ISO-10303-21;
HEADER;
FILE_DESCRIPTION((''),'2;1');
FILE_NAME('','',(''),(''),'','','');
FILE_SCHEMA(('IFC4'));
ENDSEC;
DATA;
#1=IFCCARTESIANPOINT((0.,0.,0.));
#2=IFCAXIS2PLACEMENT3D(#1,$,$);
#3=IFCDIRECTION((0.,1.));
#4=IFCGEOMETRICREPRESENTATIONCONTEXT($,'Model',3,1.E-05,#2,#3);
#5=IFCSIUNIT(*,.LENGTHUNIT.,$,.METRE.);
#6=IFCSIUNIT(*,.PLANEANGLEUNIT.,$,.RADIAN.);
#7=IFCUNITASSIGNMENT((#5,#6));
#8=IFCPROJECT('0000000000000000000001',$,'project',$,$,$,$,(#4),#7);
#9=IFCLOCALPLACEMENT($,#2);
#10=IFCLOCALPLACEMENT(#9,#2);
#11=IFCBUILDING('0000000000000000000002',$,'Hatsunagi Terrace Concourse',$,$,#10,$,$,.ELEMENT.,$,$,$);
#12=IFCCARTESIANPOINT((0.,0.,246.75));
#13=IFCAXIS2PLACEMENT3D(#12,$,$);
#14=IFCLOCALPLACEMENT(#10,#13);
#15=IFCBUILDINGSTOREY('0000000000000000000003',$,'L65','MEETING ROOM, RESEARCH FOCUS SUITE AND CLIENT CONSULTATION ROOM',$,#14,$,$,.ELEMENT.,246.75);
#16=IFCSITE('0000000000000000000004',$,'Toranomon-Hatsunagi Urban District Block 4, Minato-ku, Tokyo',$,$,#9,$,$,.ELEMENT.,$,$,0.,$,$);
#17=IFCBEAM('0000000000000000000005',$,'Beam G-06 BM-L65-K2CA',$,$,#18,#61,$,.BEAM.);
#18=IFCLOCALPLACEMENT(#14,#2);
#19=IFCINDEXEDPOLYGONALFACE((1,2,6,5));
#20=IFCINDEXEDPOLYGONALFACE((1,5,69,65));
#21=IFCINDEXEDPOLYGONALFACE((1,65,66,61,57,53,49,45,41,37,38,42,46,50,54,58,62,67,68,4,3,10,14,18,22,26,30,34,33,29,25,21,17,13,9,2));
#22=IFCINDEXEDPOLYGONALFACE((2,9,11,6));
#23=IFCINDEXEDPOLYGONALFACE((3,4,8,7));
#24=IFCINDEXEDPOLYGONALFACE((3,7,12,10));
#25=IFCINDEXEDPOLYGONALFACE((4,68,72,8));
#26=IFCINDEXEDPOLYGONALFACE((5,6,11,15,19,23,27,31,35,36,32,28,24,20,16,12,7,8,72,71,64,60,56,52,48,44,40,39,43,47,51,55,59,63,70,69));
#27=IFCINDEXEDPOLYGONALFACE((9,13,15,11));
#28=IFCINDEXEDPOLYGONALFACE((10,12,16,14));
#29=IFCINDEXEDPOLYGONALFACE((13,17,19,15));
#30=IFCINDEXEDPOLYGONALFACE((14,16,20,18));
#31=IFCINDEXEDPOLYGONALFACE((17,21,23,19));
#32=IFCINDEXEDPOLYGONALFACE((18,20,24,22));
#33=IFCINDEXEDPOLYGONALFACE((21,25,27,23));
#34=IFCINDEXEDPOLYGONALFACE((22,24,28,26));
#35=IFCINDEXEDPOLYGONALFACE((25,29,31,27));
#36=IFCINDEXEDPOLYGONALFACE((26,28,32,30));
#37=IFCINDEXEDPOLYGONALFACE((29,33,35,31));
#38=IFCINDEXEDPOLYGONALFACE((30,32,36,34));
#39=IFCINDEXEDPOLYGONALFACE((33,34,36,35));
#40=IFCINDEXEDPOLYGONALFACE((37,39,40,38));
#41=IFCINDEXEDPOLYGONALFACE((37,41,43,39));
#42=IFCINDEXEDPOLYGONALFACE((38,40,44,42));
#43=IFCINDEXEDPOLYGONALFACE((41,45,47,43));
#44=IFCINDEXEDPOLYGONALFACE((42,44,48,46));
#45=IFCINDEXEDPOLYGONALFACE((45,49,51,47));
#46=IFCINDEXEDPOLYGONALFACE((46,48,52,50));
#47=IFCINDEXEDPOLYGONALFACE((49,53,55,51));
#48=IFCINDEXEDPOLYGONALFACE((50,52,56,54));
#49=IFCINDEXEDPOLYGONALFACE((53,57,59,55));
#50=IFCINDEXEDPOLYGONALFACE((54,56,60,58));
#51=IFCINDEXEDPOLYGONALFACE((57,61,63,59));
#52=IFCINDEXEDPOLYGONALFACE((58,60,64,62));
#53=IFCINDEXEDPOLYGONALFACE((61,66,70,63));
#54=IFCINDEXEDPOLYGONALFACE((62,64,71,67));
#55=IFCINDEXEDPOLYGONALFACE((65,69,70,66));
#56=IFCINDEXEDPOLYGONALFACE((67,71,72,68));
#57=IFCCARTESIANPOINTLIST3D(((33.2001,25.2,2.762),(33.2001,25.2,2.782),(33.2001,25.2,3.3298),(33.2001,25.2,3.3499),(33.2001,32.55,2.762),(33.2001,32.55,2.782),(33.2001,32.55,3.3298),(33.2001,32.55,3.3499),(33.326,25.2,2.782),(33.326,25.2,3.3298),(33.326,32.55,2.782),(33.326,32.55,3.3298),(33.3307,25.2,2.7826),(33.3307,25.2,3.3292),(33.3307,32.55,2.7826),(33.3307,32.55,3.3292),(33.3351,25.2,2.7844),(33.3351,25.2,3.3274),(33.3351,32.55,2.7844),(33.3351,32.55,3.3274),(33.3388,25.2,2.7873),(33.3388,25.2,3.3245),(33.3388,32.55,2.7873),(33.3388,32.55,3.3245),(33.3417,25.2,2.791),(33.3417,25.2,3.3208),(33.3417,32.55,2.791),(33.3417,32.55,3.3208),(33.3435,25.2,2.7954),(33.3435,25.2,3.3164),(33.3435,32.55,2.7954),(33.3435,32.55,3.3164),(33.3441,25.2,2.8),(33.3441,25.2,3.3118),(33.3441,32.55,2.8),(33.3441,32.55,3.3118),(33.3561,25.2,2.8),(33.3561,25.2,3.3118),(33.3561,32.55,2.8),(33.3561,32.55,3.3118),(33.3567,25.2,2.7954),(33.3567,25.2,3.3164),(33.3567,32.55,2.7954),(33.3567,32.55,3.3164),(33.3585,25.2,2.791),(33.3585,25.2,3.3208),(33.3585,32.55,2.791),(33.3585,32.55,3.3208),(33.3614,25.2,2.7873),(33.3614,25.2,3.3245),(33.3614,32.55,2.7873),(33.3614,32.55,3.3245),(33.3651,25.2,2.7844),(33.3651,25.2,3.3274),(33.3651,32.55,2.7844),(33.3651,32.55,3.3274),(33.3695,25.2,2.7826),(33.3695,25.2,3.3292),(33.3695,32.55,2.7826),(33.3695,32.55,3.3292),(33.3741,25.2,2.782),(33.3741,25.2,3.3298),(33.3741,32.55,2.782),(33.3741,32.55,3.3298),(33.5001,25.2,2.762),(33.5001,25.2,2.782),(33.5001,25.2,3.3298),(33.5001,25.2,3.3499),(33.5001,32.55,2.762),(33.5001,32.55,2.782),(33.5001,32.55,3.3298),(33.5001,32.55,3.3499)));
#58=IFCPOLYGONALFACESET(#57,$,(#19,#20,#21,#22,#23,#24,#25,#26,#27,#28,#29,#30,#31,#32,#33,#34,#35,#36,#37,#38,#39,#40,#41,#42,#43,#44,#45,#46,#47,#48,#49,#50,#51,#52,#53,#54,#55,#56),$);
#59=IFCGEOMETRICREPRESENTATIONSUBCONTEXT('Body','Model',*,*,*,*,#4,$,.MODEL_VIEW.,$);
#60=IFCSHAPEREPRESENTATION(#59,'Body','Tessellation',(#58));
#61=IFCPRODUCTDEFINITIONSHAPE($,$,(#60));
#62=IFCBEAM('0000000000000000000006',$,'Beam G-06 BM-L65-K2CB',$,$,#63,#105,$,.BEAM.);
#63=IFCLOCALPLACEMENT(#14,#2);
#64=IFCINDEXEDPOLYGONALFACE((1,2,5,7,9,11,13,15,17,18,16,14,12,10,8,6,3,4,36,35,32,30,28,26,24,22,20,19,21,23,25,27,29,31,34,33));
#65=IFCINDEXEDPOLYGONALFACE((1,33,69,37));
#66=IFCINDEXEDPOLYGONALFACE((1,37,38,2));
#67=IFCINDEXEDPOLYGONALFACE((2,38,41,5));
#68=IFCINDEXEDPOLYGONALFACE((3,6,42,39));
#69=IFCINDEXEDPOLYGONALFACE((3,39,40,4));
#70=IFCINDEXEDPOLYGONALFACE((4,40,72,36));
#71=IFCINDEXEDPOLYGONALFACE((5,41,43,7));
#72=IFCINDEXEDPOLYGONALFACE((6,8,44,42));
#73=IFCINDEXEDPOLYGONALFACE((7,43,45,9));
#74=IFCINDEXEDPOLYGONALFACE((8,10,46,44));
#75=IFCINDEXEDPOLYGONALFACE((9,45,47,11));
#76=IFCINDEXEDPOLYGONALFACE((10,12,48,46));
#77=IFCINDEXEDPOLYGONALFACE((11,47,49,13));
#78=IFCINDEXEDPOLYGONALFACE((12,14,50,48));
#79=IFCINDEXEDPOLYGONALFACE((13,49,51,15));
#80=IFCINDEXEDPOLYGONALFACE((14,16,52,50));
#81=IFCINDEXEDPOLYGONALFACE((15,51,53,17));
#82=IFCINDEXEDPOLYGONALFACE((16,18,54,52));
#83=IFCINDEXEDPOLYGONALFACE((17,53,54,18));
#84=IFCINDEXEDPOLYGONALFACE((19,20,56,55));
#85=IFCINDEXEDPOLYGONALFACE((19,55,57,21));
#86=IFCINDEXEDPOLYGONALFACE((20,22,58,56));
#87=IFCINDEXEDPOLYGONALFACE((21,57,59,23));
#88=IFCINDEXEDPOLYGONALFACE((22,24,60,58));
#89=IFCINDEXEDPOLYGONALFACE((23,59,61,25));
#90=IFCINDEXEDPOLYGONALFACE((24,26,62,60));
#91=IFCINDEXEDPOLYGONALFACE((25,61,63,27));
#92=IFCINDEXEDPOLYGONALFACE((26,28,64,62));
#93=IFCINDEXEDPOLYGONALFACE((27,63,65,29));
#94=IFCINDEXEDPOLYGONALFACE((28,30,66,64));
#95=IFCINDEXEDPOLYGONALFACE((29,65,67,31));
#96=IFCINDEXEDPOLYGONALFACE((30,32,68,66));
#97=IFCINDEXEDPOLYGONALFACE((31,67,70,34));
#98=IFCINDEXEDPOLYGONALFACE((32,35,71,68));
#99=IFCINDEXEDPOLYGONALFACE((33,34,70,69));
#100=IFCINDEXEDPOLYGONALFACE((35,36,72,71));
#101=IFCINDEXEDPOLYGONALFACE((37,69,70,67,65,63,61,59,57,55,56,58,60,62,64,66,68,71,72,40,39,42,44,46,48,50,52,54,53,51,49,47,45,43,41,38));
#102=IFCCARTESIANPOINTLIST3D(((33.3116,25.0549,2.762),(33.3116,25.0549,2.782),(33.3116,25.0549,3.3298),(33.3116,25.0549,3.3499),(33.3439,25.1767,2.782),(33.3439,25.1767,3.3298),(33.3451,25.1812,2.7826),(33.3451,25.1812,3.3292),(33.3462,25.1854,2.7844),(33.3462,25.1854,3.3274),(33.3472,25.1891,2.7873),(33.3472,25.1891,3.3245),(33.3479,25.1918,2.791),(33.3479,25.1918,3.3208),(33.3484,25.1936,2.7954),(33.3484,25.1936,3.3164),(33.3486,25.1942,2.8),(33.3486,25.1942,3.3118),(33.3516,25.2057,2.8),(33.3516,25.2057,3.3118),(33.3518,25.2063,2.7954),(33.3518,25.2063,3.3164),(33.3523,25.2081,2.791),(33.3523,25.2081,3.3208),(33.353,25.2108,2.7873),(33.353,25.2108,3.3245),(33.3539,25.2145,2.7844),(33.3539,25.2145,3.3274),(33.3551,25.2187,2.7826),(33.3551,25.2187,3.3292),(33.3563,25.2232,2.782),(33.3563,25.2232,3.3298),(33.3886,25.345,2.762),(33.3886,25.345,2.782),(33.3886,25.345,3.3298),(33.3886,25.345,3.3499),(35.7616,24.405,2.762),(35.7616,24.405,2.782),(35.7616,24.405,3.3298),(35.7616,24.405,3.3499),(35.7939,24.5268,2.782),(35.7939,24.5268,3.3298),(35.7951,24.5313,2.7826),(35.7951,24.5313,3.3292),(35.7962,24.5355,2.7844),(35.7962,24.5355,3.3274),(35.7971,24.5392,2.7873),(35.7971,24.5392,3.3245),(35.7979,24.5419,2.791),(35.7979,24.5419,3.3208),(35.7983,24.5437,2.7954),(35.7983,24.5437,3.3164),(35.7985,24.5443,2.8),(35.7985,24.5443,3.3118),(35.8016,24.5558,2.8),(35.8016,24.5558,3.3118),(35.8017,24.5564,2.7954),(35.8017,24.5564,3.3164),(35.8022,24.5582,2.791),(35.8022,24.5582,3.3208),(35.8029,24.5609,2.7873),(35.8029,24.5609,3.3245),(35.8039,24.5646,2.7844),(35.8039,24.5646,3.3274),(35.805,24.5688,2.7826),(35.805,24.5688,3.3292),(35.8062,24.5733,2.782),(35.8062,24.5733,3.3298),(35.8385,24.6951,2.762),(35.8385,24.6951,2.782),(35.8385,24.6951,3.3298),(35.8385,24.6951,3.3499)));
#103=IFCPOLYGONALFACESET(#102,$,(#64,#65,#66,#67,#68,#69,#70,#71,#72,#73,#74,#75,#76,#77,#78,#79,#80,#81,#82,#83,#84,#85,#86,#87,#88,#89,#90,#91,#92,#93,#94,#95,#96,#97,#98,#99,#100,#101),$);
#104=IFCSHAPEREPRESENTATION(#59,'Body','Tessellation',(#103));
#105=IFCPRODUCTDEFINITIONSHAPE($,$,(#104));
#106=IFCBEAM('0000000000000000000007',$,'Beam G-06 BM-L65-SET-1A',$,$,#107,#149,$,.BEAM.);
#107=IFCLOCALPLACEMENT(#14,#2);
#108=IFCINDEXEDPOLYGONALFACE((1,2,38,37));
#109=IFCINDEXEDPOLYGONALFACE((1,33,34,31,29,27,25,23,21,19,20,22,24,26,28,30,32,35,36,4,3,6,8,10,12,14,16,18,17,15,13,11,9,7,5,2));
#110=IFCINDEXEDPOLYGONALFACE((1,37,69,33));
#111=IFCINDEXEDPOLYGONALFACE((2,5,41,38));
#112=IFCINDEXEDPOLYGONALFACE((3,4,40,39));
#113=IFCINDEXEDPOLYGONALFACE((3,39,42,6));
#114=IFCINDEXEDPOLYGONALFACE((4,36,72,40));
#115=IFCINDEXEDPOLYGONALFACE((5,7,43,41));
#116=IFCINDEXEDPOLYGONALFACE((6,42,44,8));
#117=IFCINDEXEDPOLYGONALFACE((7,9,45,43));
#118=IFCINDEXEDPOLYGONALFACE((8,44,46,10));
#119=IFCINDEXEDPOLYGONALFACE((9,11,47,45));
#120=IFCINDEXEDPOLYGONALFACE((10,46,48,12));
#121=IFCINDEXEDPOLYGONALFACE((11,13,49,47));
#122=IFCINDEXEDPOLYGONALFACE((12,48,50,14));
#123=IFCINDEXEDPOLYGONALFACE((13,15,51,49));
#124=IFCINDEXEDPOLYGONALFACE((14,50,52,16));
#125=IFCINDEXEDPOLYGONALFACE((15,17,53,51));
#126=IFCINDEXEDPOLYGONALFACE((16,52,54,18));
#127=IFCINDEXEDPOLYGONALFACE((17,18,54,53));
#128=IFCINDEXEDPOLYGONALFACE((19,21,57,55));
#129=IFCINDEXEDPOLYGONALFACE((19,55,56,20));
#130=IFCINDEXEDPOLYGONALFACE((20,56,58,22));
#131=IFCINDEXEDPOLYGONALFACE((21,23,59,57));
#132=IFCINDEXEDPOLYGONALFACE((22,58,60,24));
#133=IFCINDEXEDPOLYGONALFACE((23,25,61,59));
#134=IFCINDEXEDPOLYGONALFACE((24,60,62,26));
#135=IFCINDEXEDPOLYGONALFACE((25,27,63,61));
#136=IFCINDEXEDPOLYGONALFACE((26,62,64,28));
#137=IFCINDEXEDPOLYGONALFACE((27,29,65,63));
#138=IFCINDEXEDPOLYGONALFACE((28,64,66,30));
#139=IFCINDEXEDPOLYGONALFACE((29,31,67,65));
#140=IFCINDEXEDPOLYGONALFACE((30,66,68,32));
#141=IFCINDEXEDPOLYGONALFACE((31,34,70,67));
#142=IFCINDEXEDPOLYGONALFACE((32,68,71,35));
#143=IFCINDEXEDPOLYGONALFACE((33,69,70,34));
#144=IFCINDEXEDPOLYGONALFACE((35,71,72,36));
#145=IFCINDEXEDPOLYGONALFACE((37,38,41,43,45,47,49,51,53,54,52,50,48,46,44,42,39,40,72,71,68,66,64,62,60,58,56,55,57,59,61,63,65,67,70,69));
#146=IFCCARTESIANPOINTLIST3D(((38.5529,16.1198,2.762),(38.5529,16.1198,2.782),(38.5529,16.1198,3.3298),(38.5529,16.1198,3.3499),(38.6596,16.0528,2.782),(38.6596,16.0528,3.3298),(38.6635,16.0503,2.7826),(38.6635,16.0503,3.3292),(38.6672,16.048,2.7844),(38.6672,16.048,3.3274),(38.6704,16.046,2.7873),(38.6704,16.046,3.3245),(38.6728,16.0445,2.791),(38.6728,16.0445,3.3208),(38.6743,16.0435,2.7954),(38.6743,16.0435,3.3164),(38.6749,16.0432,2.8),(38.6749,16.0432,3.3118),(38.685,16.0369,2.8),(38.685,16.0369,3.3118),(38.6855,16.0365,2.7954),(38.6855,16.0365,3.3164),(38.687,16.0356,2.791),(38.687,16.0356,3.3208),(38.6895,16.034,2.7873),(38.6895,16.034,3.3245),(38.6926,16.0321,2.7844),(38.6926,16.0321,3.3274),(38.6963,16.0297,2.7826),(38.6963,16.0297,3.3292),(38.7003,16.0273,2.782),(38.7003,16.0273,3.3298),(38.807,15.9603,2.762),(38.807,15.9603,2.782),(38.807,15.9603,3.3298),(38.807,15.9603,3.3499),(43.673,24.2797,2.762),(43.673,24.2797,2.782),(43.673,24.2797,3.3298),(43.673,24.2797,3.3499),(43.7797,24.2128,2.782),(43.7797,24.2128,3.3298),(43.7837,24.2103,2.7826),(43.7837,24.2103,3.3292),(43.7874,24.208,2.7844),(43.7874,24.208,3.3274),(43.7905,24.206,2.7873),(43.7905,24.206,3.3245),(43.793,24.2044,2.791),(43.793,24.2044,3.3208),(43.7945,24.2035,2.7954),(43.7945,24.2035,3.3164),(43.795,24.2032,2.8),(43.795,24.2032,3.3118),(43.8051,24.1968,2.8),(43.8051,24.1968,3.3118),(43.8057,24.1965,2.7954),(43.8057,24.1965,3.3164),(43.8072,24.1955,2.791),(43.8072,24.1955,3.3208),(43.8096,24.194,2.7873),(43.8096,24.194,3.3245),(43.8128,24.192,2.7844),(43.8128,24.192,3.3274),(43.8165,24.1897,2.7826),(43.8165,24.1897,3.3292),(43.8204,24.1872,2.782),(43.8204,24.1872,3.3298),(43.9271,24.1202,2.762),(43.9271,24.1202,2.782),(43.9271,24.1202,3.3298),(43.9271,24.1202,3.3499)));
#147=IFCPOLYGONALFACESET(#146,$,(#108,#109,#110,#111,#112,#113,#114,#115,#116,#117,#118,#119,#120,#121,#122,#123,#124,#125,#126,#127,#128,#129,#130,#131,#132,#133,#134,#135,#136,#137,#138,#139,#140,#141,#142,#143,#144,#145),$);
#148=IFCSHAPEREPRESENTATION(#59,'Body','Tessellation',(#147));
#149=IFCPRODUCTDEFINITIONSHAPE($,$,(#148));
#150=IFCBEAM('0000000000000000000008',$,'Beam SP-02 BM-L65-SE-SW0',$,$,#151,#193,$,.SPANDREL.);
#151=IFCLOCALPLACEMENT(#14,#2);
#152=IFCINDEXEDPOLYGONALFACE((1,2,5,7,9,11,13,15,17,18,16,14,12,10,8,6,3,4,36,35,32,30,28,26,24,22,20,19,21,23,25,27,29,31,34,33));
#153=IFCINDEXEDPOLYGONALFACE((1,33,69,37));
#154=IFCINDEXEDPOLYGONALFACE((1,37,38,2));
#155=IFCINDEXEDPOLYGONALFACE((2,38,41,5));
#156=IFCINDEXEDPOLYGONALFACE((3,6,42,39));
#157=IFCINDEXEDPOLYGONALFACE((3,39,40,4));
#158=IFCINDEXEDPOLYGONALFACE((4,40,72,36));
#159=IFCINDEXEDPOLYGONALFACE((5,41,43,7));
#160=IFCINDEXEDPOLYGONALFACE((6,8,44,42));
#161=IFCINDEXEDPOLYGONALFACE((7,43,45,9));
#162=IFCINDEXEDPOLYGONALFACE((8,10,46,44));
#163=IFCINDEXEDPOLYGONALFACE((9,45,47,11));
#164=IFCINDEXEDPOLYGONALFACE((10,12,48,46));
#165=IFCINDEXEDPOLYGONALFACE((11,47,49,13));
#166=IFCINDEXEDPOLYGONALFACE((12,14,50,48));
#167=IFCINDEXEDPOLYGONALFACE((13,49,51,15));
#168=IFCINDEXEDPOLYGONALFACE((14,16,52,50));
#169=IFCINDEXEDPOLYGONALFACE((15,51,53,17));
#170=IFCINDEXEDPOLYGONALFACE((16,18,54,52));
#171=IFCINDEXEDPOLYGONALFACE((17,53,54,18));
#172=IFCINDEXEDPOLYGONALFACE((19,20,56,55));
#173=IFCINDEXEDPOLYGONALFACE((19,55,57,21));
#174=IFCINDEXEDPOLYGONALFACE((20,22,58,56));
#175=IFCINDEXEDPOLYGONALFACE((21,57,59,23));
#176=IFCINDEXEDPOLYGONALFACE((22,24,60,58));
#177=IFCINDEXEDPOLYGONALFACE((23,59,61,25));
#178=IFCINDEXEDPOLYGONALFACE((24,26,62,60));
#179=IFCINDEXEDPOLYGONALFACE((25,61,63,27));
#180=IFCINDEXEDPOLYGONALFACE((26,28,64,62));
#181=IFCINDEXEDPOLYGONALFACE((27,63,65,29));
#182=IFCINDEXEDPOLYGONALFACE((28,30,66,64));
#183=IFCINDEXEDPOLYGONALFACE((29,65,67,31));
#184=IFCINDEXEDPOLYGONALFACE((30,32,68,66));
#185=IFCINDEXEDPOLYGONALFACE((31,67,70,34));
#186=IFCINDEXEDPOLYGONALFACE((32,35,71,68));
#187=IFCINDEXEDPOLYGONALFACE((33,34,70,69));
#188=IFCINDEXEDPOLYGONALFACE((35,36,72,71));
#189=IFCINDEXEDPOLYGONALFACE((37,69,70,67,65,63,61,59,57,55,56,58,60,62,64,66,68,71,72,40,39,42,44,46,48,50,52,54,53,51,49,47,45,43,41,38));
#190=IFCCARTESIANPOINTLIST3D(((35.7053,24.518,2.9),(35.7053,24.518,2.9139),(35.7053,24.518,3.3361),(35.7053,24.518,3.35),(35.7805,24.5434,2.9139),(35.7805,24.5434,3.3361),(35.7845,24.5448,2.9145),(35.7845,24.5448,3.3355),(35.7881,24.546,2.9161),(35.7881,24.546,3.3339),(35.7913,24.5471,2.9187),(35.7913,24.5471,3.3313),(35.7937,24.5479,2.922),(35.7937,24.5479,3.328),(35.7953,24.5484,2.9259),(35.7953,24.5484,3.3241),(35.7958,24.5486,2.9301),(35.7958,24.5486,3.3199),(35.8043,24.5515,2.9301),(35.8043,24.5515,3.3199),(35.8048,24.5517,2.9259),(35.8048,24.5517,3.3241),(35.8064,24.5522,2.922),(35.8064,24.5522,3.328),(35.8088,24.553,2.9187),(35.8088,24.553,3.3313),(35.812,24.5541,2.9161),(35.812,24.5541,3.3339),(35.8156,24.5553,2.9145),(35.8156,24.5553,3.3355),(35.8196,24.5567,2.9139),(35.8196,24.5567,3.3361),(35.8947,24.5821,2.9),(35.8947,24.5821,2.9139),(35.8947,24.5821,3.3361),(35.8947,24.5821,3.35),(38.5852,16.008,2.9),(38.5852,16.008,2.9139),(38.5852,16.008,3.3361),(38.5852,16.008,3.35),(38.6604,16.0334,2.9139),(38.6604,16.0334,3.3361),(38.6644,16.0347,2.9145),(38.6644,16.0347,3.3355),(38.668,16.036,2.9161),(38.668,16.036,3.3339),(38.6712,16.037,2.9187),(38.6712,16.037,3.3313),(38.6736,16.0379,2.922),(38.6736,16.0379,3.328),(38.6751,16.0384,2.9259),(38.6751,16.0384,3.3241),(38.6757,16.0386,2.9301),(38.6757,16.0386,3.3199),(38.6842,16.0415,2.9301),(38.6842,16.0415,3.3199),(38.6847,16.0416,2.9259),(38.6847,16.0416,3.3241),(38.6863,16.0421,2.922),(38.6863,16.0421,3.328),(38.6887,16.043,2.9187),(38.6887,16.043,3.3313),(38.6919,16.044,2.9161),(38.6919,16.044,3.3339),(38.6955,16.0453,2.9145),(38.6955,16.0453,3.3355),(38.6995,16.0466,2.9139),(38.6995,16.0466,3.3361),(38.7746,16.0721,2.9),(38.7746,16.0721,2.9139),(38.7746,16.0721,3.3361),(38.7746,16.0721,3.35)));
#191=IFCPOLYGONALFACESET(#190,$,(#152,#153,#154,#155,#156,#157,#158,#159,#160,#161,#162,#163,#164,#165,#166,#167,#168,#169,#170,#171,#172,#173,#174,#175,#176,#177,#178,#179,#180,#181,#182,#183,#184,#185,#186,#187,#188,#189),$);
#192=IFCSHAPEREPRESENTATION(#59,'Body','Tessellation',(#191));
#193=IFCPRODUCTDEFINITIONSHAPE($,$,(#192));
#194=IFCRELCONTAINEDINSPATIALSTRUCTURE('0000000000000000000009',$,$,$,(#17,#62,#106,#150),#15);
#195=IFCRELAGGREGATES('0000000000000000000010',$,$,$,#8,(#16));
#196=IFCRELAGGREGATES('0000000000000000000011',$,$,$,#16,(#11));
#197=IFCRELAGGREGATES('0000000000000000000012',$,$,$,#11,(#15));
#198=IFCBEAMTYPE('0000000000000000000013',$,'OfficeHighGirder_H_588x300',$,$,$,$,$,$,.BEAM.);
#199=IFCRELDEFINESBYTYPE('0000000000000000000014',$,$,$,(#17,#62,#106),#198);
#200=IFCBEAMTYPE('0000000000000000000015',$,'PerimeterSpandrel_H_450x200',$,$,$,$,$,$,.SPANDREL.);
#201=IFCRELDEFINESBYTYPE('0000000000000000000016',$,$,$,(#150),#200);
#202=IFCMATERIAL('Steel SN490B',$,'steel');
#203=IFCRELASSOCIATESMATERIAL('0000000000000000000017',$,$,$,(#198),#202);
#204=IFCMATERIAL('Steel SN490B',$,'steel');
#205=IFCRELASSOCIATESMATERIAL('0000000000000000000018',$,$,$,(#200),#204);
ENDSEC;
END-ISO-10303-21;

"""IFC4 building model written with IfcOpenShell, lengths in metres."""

from ifc_helpers import new_model, si_unit, direction, frame, origin, origin_2d, place, context, subcontext, project, spatial, i_section, extrude, material, material_profile, profile_set, type_object, element, save


model = new_model("IFC4")

# Units and contexts
model_context = context("Model", 3, precision=1e-05, world=origin(), true_north=direction((0.0, 1.0)))
body_context = subcontext(model_context, "Body", "Model", "MODEL_VIEW")
ifc_project = project(units=[si_unit("LENGTHUNIT", "METRE"), si_unit("PLANEANGLEUNIT", "RADIAN")], contexts=[model_context])

# Site, building, storey
site_placement = place(None, origin())
site = spatial("IfcSite", under=ifc_project, at=site_placement, Name="Toranomon-Hatsunagi Urban District Block 4, Minato-ku, Tokyo", CompositionType="ELEMENT", RefElevation=0.0)
building_placement = place(site_placement, origin())
building = spatial("IfcBuilding", under=site, at=building_placement, Name="Hatsunagi Terrace Concourse", CompositionType="ELEMENT")
storey_placement = place(building_placement, frame((0.0, 0.0, 246.75)))
storey = spatial("IfcBuildingStorey", under=building, at=storey_placement, Name="L65", Description="MEETING ROOM, RESEARCH FOCUS SUITE AND CLIENT CONSULTATION ROOM", CompositionType="ELEMENT", Elevation=246.75)

# Beams
ifc_material_1 = material(Name="Steel SN490B", Category="steel")
ifc_material_profile_1 = material_profile(ifc_material_1, i_section(OverallWidth=0.3, OverallDepth=0.5879, WebThickness=0.012, FlangeThickness=0.02, FilletRadius=0.0181, at=origin_2d()), Name="H-588x300x12x20")
ifc_profile_set_1 = profile_set([ifc_material_profile_1], Name="Steel SN490B")
beam_type_1 = type_object("IfcBeamType", Name="OfficeHighGirder_H_588x300", PredefinedType="BEAM", material=ifc_profile_set_1)
beam_1_placement = place(storey_placement, frame((33.3501, 25.2, 3.0559), z_axis=(0.0, 1.0, 0.0), x_axis=(-1.0, 0.0, 0.0)))
element("IfcBeam", 1, at=beam_1_placement, inside=storey, type_object=beam_type_1, Name="Beam G-06 BM-L65-K2CA", PredefinedType="BEAM", context=body_context, shape_type="SweptSolid", body=[
    extrude(i_section(OverallWidth=0.3, OverallDepth=0.5879, WebThickness=0.012, FlangeThickness=0.02, FilletRadius=0.0181, at=origin_2d()), origin(), (0.0, 0.0, 1.0), 7.3501),
])
beam_2_placement = place(storey_placement, frame((33.3501, 25.2, 3.0559), z_axis=(0.96657, -0.256403, 0.0), x_axis=(0.256403, 0.96657, 0.0)))
element("IfcBeam", 2, at=beam_2_placement, inside=storey, type_object=beam_type_1, Name="Beam G-06 BM-L65-K2CB", PredefinedType="BEAM", context=body_context, shape_type="SweptSolid", body=[
    extrude(i_section(OverallWidth=0.3, OverallDepth=0.5879, WebThickness=0.012, FlangeThickness=0.02, FilletRadius=0.0181, at=origin_2d()), origin(), (0.0, 0.0, 1.0), 2.5347),
])
beam_3_placement = place(storey_placement, frame((38.6799, 16.04, 3.0559), z_axis=(0.531504, 0.847056, 0.0), x_axis=(-0.847056, 0.531504, 0.0)))
element("IfcBeam", 3, at=beam_3_placement, inside=storey, type_object=beam_type_1, Name="Beam G-06 BM-L65-SET-1A", PredefinedType="BEAM", context=body_context, shape_type="SweptSolid", body=[
    extrude(i_section(OverallWidth=0.3, OverallDepth=0.5879, WebThickness=0.012, FlangeThickness=0.02, FilletRadius=0.0181, at=origin_2d()), origin(), (0.0, 0.0, 1.0), 9.6333),
])
ifc_material_2 = material(Name="Steel SN490B", Category="steel")
ifc_material_profile_2 = material_profile(ifc_material_2, i_section(OverallWidth=0.2, OverallDepth=0.45, WebThickness=0.009, FlangeThickness=0.0139, FilletRadius=0.0161, at=origin_2d()), Name="H-450x200x9x14")
ifc_profile_set_2 = profile_set([ifc_material_profile_2], Name="Steel SN490B")
beam_type_2 = type_object("IfcBeamType", Name="PerimeterSpandrel_H_450x200", PredefinedType="SPANDREL", material=ifc_profile_set_2)
beam_4_placement = place(storey_placement, frame((35.8, 24.55, 3.125), z_axis=(0.320553, -0.94723, 0.0), x_axis=(0.94723, 0.320553, 0.0)))
element("IfcBeam", 4, at=beam_4_placement, inside=storey, type_object=beam_type_2, Name="Beam SP-02 BM-L65-SE-SW0", PredefinedType="SPANDREL", context=body_context, shape_type="SweptSolid", body=[
    extrude(i_section(OverallWidth=0.2, OverallDepth=0.45, WebThickness=0.009, FlangeThickness=0.0139, FilletRadius=0.0161, at=origin_2d()), origin(), (0.0, 0.0, 1.0), 8.9841),
])

save(model, "model.ifc")
